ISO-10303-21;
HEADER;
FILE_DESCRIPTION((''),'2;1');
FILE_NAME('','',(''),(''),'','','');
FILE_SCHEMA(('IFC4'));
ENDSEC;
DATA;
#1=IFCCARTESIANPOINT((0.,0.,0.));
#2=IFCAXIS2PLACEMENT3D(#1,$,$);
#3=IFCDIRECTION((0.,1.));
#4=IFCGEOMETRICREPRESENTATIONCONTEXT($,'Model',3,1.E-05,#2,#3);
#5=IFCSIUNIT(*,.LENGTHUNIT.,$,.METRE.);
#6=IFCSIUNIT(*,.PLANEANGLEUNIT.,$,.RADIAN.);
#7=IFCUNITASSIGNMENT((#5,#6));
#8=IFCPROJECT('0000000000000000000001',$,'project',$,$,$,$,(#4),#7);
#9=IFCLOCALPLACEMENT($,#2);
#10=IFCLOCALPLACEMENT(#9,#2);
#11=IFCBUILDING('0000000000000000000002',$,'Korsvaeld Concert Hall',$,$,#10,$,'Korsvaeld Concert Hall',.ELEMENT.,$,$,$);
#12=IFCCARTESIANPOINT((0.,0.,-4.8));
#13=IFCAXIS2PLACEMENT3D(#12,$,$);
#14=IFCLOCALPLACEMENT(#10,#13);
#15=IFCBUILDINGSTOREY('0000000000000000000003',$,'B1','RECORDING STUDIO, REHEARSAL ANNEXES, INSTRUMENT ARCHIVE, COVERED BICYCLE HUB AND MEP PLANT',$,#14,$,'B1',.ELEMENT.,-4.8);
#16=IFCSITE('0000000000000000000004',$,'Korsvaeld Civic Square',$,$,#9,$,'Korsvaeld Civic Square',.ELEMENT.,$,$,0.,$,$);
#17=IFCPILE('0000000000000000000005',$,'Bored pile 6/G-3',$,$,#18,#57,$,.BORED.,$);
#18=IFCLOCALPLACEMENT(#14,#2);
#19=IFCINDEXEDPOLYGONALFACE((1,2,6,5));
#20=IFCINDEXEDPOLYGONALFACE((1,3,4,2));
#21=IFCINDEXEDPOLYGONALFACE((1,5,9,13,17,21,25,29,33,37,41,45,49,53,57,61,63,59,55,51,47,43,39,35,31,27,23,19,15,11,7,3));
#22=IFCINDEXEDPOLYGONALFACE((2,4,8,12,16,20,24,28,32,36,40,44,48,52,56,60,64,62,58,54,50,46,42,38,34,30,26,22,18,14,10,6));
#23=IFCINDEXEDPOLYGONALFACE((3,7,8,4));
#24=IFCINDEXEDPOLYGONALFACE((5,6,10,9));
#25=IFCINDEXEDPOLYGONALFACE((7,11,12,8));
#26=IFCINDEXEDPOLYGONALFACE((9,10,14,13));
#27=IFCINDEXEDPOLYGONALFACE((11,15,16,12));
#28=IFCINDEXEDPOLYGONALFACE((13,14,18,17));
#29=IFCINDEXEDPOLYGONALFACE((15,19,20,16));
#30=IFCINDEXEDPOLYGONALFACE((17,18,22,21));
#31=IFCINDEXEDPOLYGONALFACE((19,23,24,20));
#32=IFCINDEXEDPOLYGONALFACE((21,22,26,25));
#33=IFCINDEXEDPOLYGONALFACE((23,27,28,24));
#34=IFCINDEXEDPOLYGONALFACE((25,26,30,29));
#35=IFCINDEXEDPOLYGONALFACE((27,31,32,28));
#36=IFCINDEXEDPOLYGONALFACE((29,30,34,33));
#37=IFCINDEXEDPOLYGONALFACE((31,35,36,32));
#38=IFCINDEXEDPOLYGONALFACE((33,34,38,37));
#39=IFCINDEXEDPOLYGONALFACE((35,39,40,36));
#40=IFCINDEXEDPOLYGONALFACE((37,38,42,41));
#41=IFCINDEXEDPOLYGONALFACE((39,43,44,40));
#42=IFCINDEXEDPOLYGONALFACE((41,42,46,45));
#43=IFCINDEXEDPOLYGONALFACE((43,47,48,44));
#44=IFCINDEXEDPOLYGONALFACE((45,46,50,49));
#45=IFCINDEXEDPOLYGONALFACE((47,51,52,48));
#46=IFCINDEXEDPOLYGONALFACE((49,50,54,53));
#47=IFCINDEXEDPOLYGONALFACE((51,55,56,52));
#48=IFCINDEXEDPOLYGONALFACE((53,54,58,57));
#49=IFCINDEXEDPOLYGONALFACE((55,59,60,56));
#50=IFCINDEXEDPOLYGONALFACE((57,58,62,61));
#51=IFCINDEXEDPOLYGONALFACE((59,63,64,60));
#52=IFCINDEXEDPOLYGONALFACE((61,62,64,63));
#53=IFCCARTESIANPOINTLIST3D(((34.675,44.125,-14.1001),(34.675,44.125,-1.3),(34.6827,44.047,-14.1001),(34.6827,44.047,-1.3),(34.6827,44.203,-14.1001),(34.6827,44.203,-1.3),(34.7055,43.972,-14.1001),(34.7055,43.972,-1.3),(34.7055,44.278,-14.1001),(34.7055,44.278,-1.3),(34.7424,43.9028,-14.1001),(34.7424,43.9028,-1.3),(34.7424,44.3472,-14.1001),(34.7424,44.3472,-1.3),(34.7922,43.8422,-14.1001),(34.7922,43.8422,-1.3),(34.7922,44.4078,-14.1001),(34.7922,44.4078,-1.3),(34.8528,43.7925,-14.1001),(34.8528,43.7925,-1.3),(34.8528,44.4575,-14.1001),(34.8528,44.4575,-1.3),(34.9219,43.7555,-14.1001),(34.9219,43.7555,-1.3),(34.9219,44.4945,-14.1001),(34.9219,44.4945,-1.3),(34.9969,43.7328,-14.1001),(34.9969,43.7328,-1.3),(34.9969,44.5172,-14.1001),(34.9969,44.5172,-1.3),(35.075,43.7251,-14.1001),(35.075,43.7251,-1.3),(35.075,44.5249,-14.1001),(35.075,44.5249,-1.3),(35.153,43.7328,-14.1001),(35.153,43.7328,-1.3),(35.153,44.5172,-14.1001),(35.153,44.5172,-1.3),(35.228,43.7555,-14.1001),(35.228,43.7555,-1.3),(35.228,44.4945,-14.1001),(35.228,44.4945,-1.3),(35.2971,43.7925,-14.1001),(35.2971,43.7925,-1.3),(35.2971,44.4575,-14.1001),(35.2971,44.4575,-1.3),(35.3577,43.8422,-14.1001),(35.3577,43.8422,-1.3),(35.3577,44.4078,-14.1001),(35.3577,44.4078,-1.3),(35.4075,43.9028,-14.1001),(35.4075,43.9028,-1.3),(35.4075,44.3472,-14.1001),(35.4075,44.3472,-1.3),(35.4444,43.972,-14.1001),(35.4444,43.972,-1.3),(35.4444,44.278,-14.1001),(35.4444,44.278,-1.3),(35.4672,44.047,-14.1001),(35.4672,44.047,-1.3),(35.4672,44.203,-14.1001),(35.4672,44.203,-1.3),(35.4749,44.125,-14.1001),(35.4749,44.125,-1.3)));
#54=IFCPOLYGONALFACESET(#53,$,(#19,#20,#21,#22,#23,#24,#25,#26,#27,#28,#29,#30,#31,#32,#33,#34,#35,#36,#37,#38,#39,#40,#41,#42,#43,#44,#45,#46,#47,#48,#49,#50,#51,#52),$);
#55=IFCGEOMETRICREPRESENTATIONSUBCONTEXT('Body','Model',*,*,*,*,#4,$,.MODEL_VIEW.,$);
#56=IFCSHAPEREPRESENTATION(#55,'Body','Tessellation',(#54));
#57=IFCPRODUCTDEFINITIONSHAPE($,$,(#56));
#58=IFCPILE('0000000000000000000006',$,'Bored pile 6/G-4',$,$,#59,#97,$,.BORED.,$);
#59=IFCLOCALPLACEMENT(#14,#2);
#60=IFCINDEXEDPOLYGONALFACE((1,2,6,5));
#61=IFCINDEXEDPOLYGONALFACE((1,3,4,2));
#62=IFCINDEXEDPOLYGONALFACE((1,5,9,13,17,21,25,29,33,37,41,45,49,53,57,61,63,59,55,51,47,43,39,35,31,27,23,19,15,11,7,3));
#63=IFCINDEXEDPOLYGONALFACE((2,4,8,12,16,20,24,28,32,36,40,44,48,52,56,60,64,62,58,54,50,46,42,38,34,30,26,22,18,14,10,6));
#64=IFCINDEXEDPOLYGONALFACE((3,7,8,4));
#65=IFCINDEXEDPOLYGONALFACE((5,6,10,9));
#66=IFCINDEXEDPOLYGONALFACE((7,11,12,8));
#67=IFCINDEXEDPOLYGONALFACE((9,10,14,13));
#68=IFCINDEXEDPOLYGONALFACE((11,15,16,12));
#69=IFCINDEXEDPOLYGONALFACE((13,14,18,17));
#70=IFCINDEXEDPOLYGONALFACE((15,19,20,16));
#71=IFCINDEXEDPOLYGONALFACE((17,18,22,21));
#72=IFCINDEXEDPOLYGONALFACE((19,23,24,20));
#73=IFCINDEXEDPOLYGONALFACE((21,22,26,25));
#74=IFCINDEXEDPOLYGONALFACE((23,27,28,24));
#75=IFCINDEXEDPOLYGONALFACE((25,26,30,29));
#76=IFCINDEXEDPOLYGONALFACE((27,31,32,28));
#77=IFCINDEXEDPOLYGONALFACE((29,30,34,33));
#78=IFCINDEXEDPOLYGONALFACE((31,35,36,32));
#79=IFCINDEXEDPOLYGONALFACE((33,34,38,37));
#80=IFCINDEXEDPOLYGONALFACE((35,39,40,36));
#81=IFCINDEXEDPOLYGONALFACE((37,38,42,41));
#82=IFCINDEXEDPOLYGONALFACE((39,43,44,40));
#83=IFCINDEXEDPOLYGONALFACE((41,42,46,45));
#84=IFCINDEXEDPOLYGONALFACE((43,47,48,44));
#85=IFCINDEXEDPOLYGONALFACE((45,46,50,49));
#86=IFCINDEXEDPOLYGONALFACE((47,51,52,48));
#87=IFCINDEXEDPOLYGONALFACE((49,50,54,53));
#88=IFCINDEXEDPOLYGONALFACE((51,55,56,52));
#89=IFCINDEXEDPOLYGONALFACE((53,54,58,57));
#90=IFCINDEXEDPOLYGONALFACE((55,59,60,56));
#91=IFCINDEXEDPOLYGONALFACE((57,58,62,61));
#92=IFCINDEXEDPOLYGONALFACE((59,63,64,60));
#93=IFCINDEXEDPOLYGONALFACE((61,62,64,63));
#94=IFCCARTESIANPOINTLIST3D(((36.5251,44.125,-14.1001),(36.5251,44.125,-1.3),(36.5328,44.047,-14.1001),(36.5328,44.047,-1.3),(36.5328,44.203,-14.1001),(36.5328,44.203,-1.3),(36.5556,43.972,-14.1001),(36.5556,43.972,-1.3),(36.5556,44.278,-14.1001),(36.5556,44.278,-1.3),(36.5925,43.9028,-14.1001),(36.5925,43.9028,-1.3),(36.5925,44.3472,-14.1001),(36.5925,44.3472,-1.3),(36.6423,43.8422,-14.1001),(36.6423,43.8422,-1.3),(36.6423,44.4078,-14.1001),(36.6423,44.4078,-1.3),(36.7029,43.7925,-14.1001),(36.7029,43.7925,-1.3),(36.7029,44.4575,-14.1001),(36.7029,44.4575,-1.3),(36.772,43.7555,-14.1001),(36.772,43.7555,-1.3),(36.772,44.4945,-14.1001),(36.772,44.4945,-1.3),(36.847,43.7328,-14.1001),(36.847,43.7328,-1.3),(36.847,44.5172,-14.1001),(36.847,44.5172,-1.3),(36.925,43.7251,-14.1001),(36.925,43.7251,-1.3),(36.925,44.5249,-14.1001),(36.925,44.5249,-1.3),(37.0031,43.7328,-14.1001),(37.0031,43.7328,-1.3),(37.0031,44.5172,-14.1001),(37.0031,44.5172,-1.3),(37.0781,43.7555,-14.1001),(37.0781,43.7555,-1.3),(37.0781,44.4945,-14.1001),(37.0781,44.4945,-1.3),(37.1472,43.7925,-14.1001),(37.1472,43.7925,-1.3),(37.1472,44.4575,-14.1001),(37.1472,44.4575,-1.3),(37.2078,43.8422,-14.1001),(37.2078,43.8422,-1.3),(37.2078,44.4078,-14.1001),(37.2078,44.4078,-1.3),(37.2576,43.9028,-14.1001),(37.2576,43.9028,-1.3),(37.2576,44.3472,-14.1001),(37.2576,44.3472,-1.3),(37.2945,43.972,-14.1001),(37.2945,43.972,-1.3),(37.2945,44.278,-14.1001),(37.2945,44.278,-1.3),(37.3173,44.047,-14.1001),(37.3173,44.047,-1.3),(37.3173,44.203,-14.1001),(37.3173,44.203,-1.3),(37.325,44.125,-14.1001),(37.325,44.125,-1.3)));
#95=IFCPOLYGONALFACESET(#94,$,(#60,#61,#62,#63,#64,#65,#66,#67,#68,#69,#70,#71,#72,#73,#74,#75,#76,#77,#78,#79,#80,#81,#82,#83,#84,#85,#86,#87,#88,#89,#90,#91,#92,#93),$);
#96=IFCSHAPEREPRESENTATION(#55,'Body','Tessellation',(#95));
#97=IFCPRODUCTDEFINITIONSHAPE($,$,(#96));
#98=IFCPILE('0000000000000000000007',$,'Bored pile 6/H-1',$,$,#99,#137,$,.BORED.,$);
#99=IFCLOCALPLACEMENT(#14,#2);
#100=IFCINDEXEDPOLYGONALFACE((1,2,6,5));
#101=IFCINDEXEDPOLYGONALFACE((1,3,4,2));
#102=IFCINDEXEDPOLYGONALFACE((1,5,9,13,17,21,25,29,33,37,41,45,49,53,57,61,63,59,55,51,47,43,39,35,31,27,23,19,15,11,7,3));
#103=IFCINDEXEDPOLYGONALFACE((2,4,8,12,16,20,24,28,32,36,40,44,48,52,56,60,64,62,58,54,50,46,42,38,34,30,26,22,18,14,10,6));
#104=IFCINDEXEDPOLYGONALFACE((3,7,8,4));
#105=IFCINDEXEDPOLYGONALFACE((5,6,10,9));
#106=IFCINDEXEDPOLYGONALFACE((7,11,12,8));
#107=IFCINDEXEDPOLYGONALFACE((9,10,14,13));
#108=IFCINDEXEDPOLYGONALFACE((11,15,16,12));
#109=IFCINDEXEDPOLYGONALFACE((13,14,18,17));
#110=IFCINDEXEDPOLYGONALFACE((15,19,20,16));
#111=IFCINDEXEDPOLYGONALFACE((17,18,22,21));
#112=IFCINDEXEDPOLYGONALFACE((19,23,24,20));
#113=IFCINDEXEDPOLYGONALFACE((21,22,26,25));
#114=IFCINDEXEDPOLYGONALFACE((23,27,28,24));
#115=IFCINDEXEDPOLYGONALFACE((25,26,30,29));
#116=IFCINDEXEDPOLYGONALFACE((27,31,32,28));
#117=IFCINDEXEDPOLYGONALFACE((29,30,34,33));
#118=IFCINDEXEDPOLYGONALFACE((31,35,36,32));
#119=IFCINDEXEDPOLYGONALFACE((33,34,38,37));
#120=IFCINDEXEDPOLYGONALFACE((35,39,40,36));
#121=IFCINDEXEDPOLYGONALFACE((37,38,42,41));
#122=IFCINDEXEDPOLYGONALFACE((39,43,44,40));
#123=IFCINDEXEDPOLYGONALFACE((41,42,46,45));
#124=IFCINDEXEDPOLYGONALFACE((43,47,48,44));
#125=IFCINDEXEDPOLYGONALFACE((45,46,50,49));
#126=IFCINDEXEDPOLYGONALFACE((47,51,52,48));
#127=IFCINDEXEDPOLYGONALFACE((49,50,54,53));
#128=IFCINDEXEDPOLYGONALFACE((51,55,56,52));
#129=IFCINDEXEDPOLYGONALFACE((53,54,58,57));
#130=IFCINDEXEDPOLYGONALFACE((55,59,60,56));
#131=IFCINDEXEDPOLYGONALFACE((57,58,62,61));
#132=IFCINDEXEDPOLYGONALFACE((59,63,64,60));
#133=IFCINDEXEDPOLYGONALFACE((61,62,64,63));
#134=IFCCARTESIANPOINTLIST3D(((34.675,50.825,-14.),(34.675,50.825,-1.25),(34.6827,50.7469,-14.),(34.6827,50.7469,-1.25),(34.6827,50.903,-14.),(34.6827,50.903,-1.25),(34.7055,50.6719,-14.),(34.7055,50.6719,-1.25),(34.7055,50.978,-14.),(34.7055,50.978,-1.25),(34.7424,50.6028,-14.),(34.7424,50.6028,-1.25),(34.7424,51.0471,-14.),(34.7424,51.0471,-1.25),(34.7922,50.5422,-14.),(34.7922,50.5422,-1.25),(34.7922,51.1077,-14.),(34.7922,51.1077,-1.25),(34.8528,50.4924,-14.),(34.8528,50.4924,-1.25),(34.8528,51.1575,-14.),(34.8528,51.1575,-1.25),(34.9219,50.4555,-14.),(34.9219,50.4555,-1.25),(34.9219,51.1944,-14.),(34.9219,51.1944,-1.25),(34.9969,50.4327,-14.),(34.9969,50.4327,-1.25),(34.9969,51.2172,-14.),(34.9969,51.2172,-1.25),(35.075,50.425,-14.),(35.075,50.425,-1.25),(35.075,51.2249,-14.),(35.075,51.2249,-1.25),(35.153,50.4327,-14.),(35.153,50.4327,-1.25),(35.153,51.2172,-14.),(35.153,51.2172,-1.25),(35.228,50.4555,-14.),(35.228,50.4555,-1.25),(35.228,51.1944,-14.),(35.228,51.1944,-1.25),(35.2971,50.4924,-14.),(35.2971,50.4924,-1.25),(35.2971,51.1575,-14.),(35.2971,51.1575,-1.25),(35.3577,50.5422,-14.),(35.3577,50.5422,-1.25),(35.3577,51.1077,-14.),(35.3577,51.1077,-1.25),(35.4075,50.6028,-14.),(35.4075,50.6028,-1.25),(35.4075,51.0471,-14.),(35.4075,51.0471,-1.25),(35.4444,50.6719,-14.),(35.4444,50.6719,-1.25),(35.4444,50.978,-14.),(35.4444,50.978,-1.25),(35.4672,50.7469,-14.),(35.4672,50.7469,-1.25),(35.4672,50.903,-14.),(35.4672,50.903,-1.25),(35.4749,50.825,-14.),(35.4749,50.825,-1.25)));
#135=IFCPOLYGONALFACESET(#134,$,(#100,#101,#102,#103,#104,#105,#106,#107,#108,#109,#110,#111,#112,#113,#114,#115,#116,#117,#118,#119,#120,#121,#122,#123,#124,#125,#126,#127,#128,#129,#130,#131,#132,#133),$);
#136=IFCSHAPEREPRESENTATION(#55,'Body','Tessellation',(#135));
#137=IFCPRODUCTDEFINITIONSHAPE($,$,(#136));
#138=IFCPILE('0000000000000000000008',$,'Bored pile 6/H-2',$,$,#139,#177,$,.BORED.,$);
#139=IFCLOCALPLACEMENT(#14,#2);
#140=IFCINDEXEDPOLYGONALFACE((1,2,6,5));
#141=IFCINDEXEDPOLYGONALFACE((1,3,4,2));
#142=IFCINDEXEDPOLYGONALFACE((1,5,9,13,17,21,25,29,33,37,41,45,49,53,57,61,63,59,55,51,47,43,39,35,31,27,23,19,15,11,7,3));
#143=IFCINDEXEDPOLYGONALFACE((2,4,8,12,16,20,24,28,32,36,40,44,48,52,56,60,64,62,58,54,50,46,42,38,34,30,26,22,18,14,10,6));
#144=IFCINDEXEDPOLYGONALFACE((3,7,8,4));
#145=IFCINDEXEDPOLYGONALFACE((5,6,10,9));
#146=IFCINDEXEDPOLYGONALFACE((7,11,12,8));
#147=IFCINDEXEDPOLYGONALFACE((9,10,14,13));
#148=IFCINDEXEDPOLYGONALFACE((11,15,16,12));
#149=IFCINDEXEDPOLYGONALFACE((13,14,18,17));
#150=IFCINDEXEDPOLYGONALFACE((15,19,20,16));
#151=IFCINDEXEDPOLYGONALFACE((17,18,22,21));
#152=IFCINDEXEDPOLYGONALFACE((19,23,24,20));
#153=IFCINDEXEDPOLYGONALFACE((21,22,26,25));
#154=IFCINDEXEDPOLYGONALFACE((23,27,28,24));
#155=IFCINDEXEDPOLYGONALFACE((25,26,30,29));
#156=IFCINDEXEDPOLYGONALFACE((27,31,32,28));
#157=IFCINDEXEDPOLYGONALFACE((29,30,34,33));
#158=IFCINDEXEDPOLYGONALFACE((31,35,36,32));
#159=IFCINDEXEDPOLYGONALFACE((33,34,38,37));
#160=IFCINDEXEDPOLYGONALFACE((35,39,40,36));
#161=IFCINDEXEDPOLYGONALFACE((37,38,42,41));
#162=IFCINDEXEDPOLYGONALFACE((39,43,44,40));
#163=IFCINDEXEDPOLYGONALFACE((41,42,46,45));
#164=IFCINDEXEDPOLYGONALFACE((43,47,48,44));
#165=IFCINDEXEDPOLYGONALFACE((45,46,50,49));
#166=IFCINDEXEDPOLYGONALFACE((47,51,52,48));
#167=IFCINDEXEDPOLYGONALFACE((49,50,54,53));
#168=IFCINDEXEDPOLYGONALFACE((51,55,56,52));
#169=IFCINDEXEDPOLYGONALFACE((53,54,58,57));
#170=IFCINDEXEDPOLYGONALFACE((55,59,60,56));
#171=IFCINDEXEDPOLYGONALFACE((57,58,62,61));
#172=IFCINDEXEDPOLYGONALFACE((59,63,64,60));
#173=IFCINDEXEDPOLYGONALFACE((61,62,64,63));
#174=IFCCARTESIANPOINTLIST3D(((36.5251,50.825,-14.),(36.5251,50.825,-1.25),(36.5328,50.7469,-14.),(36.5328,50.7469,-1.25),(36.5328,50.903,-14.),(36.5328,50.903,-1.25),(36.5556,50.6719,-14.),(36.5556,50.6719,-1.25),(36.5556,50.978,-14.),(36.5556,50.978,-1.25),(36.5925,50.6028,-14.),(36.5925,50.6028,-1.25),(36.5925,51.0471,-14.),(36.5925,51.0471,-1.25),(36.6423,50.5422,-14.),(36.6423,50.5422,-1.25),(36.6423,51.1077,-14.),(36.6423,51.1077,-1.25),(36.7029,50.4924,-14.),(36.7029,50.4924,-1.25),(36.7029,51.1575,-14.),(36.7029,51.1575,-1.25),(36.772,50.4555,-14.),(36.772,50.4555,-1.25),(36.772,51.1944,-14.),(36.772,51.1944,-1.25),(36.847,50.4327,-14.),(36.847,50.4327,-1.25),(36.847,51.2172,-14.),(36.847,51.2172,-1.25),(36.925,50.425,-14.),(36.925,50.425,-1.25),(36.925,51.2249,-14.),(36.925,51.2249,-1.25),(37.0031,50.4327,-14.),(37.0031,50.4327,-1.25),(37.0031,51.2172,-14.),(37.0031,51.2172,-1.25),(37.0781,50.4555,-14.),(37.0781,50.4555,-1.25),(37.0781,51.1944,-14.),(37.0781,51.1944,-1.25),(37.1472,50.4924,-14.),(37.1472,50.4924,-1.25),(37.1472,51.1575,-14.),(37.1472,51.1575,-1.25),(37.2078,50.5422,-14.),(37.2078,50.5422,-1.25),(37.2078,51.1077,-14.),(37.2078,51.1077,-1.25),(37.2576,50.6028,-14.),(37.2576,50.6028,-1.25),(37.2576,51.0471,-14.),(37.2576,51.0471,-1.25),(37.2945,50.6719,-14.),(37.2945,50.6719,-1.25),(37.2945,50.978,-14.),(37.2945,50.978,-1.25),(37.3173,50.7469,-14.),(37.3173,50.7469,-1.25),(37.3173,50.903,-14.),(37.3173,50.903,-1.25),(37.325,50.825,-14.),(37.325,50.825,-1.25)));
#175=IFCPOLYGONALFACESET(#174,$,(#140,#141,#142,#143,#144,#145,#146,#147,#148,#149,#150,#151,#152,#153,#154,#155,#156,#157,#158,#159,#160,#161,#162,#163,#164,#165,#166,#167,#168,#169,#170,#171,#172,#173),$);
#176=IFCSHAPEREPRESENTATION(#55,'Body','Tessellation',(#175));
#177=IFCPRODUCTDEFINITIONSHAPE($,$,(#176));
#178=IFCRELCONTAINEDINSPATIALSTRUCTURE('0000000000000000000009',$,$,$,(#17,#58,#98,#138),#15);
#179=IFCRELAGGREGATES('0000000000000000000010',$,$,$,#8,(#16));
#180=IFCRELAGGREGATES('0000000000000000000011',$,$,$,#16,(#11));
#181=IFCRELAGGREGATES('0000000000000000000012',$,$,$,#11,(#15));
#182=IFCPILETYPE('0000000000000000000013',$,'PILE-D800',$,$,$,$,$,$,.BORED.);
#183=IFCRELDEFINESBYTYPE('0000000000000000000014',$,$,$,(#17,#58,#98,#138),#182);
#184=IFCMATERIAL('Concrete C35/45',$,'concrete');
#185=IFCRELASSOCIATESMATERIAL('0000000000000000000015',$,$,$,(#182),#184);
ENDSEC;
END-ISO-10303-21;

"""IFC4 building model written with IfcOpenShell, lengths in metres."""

from ifc_helpers import new_model, si_unit, direction, frame, origin, origin_2d, place, context, subcontext, project, spatial, circle, extrude, material, material_profile, profile_set, type_object, element, save


model = new_model("IFC4")

# Units and contexts
model_context = context("Model", 3, precision=1e-05, world=origin(), true_north=direction((0.0, 1.0)))
body_context = subcontext(model_context, "Body", "Model", "MODEL_VIEW")
ifc_project = project(units=[si_unit("LENGTHUNIT", "METRE"), si_unit("PLANEANGLEUNIT", "RADIAN")], contexts=[model_context])

# Site, building, storey
site_placement = place(None, origin())
site = spatial("IfcSite", under=ifc_project, at=site_placement, Name="Korsvaeld Civic Square", LongName="Korsvaeld Civic Square", CompositionType="ELEMENT", RefElevation=0.0)
building_placement = place(site_placement, origin())
building = spatial("IfcBuilding", under=site, at=building_placement, Name="Korsvaeld Concert Hall", LongName="Korsvaeld Concert Hall", CompositionType="ELEMENT")
storey_placement = place(building_placement, frame((0.0, 0.0, -4.8)))
storey = spatial("IfcBuildingStorey", under=building, at=storey_placement, Name="B1", Description="RECORDING STUDIO, REHEARSAL ANNEXES, INSTRUMENT ARCHIVE, COVERED BICYCLE HUB AND MEP PLANT", LongName="B1", CompositionType="ELEMENT", Elevation=-4.8)

# Shared definitions
ifc_material_1 = material(Name="Concrete C35/45", Category="concrete")

# Piles
ifc_material_profile_1 = material_profile(ifc_material_1, circle(Radius=0.3999, at=origin_2d()), Name="BORED PILE D800")
ifc_profile_set_1 = profile_set([ifc_material_profile_1], Name="Concrete C35/45")
pile_type = type_object("IfcPileType", Name="PILE-D800", PredefinedType="BORED", material=ifc_profile_set_1)
for number, where, z_axis, x_axis, name in (
    (1, (35.075, 44.125, -1.3), (0.0, 0.0, -1.0), (1.0, 0.0, 0.0), "Bored pile 6/G-3"),
    (2, (36.925, 44.125, -1.3), (0.0, 0.0, -1.0), (1.0, 0.0, 0.0), "Bored pile 6/G-4"),
):
    element("IfcPile", number, at=place(storey_placement, frame(where, z_axis=z_axis, x_axis=x_axis)), inside=storey, type_object=pile_type, Name=name, PredefinedType="BORED", context=body_context, shape_type="SweptSolid", body=[
        extrude(circle(Radius=0.3999, at=origin_2d()), origin(), (0.0, 0.0, 1.0), 12.8),
    ])
for number, where, z_axis, x_axis, name in (
    (3, (35.075, 50.825, -1.25), (0.0, 0.0, -1.0), (1.0, 0.0, 0.0), "Bored pile 6/H-1"),
    (4, (36.925, 50.825, -1.25), (0.0, 0.0, -1.0), (1.0, 0.0, 0.0), "Bored pile 6/H-2"),
):
    element("IfcPile", number, at=place(storey_placement, frame(where, z_axis=z_axis, x_axis=x_axis)), inside=storey, type_object=pile_type, Name=name, PredefinedType="BORED", context=body_context, shape_type="SweptSolid", body=[
        extrude(circle(Radius=0.3999, at=origin_2d()), origin(), (0.0, 0.0, 1.0), 12.75),
    ])

save(model, "model.ifc")
